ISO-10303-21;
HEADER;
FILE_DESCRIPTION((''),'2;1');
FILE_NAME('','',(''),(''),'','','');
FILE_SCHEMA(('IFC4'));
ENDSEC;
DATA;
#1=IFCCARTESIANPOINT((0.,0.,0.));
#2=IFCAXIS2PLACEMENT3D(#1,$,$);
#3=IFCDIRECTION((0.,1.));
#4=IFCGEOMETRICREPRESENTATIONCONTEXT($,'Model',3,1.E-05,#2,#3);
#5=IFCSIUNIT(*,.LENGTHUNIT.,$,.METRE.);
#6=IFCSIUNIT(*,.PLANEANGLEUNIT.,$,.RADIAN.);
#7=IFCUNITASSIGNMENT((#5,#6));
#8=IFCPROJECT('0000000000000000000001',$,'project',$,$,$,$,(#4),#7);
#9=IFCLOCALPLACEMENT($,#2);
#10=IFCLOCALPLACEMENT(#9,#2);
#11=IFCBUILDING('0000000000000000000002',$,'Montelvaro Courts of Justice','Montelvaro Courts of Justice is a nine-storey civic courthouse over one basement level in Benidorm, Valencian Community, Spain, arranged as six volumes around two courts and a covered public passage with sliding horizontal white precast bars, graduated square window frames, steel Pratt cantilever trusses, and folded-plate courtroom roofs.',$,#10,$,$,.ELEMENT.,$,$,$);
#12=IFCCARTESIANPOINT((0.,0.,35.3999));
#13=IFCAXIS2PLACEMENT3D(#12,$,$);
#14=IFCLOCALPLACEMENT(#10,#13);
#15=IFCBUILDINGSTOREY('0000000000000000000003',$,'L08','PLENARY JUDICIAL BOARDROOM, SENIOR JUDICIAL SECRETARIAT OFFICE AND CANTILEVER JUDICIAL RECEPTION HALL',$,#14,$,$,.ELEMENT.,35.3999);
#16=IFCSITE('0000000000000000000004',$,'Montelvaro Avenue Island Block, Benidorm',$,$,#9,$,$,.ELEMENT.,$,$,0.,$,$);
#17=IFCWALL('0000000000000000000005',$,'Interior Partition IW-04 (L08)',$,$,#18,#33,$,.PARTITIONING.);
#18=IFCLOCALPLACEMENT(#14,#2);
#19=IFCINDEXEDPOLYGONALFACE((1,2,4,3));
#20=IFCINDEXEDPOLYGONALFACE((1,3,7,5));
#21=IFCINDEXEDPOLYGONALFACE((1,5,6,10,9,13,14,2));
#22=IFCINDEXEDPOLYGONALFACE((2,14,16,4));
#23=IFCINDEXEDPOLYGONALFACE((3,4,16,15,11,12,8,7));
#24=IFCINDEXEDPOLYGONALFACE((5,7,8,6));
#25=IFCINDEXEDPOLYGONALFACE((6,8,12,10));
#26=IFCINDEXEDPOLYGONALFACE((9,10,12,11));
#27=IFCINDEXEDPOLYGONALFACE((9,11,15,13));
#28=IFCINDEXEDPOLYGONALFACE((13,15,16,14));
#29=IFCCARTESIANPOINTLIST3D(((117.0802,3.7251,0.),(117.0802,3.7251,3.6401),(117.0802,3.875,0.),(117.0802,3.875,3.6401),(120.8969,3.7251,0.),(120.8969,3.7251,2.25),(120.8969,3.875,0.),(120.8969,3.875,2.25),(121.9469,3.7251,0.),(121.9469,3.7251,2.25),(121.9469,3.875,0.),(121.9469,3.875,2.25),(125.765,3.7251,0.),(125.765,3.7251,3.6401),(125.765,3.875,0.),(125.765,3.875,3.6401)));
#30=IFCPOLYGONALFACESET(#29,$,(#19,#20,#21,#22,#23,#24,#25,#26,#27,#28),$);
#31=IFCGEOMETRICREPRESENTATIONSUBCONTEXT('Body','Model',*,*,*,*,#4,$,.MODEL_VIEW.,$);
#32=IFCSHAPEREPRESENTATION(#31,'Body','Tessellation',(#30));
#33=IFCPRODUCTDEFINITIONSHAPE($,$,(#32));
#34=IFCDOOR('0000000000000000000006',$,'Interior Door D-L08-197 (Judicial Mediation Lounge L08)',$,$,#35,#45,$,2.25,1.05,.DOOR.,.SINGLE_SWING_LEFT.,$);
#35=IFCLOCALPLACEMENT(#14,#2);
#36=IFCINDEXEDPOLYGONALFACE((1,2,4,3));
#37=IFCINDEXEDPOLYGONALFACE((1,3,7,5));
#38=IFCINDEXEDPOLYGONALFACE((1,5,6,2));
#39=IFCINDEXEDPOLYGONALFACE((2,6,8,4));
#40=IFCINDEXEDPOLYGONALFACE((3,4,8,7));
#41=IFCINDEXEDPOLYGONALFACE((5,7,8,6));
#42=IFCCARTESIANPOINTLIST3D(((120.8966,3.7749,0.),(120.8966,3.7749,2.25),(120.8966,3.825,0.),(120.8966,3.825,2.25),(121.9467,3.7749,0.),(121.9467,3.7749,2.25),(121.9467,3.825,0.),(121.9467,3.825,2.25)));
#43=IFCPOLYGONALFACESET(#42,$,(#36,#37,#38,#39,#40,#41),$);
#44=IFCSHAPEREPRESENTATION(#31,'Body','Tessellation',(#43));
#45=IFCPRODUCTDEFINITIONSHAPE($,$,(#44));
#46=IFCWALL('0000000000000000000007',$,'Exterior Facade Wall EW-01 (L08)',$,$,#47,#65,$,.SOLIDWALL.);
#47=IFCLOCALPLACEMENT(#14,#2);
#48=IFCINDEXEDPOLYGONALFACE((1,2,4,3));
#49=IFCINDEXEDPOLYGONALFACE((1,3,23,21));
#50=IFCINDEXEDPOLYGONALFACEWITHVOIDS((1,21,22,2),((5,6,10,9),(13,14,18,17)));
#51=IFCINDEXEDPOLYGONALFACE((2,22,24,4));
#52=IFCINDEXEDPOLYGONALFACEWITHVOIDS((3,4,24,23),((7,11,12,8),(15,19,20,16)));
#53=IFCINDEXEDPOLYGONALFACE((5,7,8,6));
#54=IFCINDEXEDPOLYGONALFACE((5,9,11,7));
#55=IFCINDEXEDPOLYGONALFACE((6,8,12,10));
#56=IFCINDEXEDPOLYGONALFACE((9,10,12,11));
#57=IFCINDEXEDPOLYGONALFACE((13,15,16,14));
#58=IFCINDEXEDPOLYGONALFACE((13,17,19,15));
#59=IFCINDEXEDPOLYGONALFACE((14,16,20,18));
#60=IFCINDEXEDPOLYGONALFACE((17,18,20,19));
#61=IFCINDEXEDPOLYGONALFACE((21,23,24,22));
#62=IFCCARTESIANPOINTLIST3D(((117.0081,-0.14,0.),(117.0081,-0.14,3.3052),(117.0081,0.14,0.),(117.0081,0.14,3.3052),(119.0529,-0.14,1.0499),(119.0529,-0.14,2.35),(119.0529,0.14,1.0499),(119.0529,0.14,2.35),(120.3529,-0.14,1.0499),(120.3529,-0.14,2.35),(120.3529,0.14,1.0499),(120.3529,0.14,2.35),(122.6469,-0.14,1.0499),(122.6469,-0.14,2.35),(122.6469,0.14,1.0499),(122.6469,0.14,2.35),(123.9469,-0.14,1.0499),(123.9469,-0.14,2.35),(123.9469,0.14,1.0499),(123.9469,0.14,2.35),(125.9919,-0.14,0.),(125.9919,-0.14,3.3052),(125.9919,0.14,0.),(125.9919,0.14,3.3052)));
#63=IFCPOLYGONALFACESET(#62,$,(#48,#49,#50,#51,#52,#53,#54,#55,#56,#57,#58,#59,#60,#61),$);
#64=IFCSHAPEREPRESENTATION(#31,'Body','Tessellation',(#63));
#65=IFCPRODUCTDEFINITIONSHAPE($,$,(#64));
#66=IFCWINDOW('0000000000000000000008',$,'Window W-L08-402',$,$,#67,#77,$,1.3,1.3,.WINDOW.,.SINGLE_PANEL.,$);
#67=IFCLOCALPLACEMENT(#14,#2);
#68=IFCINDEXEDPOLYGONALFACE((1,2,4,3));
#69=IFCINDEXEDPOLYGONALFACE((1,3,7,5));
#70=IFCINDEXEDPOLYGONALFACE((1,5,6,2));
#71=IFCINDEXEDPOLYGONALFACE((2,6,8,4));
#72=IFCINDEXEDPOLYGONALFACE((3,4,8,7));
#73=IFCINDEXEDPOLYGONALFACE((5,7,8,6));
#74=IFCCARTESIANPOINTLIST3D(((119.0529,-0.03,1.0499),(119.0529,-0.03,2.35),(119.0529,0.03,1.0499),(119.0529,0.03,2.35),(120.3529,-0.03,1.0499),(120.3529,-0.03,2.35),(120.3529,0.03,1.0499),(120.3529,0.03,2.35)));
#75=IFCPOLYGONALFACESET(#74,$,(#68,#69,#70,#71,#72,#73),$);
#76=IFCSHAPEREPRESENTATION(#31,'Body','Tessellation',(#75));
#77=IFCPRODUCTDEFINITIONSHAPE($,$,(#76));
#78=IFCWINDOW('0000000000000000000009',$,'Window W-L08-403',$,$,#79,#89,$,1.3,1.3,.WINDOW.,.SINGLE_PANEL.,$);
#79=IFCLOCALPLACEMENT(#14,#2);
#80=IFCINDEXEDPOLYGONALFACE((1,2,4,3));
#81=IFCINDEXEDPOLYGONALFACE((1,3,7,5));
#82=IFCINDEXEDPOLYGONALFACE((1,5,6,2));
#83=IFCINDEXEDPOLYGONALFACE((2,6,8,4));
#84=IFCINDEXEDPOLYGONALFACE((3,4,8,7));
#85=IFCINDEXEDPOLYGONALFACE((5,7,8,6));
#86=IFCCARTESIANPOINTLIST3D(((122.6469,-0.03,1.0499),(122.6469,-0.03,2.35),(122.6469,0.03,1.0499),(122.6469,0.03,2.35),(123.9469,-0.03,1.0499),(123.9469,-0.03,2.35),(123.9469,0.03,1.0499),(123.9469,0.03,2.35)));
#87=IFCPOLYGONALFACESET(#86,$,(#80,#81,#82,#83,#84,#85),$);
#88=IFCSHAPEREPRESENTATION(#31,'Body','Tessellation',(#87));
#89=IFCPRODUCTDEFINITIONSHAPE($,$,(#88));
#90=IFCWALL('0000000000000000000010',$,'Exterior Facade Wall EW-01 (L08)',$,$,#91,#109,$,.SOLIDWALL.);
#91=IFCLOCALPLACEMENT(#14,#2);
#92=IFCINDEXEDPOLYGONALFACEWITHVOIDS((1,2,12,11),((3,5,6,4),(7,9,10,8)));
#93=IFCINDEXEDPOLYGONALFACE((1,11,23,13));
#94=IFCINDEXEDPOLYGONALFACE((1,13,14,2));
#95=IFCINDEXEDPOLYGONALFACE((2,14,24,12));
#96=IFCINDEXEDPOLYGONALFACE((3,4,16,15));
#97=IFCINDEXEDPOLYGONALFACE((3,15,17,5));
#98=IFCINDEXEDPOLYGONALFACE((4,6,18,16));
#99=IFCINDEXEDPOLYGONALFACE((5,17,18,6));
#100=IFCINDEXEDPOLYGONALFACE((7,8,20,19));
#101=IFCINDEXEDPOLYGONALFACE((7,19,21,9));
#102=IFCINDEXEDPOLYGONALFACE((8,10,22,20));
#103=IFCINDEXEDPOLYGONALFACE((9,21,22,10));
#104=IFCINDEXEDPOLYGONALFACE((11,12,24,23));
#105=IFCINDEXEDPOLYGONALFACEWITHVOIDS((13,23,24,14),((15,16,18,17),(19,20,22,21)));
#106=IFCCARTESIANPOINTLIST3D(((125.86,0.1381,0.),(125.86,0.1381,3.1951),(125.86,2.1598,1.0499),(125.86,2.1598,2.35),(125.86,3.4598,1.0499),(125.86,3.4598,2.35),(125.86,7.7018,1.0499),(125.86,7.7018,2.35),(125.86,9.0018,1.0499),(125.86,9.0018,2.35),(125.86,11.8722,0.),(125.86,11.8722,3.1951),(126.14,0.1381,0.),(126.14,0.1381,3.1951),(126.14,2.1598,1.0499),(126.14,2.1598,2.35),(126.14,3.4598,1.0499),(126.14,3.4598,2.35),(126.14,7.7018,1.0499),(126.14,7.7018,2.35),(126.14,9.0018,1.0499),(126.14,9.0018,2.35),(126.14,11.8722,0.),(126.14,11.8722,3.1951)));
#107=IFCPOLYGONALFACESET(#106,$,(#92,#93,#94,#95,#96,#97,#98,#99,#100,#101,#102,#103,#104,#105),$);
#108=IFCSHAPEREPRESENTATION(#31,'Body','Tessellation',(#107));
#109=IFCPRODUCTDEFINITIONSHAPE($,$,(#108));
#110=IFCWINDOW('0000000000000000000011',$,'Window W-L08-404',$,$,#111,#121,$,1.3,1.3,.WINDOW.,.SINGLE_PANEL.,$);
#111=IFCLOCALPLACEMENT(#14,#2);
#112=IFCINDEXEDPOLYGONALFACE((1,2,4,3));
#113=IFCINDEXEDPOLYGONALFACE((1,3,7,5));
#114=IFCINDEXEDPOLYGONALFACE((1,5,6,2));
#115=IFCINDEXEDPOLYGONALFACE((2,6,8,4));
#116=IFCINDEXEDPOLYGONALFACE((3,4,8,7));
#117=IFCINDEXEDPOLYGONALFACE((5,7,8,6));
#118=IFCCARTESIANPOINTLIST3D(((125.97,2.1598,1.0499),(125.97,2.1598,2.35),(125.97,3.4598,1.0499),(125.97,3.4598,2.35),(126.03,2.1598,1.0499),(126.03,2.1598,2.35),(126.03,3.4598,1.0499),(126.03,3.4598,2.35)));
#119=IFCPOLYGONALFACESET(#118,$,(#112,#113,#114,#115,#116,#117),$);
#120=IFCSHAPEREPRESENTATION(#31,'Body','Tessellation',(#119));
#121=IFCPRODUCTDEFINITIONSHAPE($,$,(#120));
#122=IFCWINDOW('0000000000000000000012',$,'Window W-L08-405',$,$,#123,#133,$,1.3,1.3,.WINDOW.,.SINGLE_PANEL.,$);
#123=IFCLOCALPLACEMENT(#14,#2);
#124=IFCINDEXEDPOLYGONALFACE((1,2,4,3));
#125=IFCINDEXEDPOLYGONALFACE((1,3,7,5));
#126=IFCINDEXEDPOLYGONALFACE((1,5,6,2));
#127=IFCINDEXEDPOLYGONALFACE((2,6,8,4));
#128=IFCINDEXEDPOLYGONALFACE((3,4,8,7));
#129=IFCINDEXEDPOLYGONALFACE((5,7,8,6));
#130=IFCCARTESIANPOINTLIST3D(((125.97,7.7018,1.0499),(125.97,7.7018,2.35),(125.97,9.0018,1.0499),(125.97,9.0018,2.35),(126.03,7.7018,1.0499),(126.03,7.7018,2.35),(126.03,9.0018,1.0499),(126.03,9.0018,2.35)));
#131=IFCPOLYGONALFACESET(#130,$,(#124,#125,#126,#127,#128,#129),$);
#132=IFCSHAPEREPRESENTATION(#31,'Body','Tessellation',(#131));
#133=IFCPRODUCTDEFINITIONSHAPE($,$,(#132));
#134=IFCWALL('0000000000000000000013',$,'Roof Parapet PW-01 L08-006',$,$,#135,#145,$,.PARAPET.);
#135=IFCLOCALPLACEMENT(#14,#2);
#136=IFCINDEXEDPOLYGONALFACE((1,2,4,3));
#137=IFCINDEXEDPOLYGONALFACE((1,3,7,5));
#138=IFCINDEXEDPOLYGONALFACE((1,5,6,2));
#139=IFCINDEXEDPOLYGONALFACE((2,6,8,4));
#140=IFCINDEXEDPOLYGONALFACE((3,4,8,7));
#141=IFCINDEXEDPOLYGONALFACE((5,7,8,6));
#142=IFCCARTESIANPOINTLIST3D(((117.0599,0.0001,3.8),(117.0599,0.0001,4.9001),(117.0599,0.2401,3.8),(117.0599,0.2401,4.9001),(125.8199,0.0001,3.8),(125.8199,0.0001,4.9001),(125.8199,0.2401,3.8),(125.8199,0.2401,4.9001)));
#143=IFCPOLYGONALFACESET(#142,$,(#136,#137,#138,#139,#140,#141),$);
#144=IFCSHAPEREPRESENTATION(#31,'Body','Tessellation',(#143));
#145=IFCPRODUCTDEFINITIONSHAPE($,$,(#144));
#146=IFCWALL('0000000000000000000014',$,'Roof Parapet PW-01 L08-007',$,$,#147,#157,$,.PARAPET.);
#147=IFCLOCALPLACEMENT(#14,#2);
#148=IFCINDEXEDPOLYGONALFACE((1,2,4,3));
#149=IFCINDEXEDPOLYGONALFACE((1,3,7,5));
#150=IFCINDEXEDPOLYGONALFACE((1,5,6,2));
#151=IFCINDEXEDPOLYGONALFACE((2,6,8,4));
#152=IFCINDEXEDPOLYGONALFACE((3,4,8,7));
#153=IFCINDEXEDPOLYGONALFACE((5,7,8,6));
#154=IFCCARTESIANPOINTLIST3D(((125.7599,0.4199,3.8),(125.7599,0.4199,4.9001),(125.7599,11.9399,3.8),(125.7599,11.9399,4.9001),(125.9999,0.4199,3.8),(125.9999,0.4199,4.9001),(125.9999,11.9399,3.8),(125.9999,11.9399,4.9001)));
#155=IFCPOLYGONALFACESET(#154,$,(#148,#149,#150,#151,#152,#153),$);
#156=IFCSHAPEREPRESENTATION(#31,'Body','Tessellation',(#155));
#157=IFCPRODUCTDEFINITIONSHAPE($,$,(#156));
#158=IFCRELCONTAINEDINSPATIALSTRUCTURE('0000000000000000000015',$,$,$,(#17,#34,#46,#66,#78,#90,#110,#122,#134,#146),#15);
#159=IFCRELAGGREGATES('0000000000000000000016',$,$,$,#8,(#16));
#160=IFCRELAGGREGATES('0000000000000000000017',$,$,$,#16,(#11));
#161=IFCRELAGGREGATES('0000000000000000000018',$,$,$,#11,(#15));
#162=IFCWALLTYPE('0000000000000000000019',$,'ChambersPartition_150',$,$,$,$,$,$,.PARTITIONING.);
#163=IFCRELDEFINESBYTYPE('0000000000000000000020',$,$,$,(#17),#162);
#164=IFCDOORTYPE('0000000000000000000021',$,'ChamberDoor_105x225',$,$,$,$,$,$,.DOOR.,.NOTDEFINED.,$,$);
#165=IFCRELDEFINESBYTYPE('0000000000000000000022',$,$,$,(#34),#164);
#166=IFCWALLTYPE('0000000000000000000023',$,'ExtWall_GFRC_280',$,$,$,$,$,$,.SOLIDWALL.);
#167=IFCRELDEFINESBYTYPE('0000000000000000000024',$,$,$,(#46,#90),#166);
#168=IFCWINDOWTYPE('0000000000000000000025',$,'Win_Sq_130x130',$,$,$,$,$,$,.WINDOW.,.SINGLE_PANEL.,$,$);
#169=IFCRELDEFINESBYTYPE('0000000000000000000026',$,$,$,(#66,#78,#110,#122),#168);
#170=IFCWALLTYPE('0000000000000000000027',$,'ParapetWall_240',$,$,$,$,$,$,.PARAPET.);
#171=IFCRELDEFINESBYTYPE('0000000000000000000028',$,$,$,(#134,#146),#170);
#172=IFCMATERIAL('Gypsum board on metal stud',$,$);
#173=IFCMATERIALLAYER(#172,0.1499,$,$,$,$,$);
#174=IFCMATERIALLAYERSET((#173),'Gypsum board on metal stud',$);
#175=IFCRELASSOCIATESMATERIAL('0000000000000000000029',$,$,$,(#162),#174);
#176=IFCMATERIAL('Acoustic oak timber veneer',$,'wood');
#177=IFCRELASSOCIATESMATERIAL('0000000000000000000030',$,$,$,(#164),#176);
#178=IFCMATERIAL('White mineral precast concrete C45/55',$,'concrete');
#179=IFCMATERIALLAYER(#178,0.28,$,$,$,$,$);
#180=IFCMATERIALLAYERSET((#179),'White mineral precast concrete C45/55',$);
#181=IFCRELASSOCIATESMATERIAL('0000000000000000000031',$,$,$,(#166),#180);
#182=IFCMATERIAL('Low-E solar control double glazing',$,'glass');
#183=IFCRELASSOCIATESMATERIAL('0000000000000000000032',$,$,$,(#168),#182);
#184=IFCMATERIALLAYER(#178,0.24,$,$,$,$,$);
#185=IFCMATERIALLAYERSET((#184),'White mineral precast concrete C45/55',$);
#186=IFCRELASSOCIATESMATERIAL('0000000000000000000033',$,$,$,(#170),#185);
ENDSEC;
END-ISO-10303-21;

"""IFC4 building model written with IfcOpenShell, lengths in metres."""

from ifc_helpers import new_model, si_unit, direction, frame, frame_2d, origin, place, context, subcontext, project, spatial, rectangle, extrude, material, layer, layer_set, type_object, element, fill, save


model = new_model("IFC4")

# Units and contexts
model_context = context("Model", 3, precision=1e-05, world=origin(), true_north=direction((0.0, 1.0)))
body_context = subcontext(model_context, "Body", "Model", "MODEL_VIEW")
ifc_project = project(units=[si_unit("LENGTHUNIT", "METRE"), si_unit("PLANEANGLEUNIT", "RADIAN")], contexts=[model_context])

# Site, building, storey
site_placement = place(None, origin())
site = spatial("IfcSite", under=ifc_project, at=site_placement, Name="Montelvaro Avenue Island Block, Benidorm", CompositionType="ELEMENT", RefElevation=0.0)
building_placement = place(site_placement, origin())
building = spatial("IfcBuilding", under=site, at=building_placement, Name="Montelvaro Courts of Justice", Description="Montelvaro Courts of Justice is a nine-storey civic courthouse over one basement level in Benidorm, Valencian Community, Spain, arranged as six volumes around two courts and a covered public passage with sliding horizontal white precast bars, graduated square window frames, steel Pratt cantilever trusses, and folded-plate courtroom roofs.", CompositionType="ELEMENT")
storey_placement = place(building_placement, frame((0.0, 0.0, 35.3999)))
storey = spatial("IfcBuildingStorey", under=building, at=storey_placement, Name="L08", Description="PLENARY JUDICIAL BOARDROOM, SENIOR JUDICIAL SECRETARIAT OFFICE AND CANTILEVER JUDICIAL RECEPTION HALL", CompositionType="ELEMENT", Elevation=35.3999)

# Shared definitions
ifc_material_1 = material(Name="White mineral precast concrete C45/55", Category="concrete")

# Shared definitions
ifc_material_2 = material(Name="Gypsum board on metal stud")
ifc_layer_1 = layer(ifc_material_2, 0.1499)
ifc_layer_set_1 = layer_set([ifc_layer_1], Name="Gypsum board on metal stud")
wall_type_1 = type_object("IfcWallType", Name="ChambersPartition_150", PredefinedType="PARTITIONING", material=ifc_layer_set_1)

# Wall, opening, door
wall_1_placement = place(storey_placement, frame((125.7649, 3.8, 0.0), z_axis=(0.0, 0.0, 1.0), x_axis=(-1.0, 0.0, 0.0)))
wall_1 = element("IfcWall", 1, at=wall_1_placement, inside=storey, type_object=wall_type_1, Name="Interior Partition IW-04 (L08)", PredefinedType="PARTITIONING", context=body_context, shape_type="SweptSolid", body=[
    extrude(rectangle(XDim=8.6848, YDim=0.1499, at=frame_2d((4.3423, 0.0))), origin(), (0.0, 0.0, 1.0), 3.6401),
])
opening_1_placement = place(wall_1_placement, frame((3.8181, 0.0, 0.0)))
opening_1 = element("IfcOpeningElement", 2, at=opening_1_placement, cuts=wall_1, PredefinedType="OPENING", context=body_context, shape_type="SweptSolid", body=[
    extrude(rectangle(XDim=1.05, YDim=2.25, at=frame_2d((0.5249, 1.125))), frame((0.0, 0.0898, 0.0), z_axis=(0.0, -1.0, 0.0), x_axis=(1.0, 0.0, 0.0)), (0.0, 0.0, 1.0), 0.1797),
])
ifc_material_3 = material(Name="Acoustic oak timber veneer", Category="wood")
door_type = type_object("IfcDoorType", Name="ChamberDoor_105x225", OperationType="NOTDEFINED", PredefinedType="DOOR", material=ifc_material_3)
door_placement = place(opening_1_placement, frame((1.05, 0.0, 0.0), z_axis=(0.0, 0.0, 1.0), x_axis=(-1.0, 0.0, 0.0)))
door = element("IfcDoor", 3, at=door_placement, inside=storey, type_object=door_type, Name="Interior Door D-L08-197 (Judicial Mediation Lounge L08)", OperationType="SINGLE_SWING_LEFT", OverallHeight=2.25, OverallWidth=1.05, PredefinedType="DOOR", context=body_context, shape_type="SweptSolid", body=[
    extrude(rectangle(XDim=1.05, YDim=2.25, at=frame_2d((0.5249, 1.125))), frame((0.0, 0.0249, 0.0), z_axis=(0.0, -1.0, 0.0), x_axis=(1.0, 0.0, 0.0)), (0.0, 0.0, 1.0), 0.05),
])
fill(opening_1, door)

# Walls, openings, windows
ifc_layer_2 = layer(ifc_material_1, 0.28)
ifc_layer_set_2 = layer_set([ifc_layer_2], Name="White mineral precast concrete C45/55")
wall_type_2 = type_object("IfcWallType", Name="ExtWall_GFRC_280", PredefinedType="SOLIDWALL", material=ifc_layer_set_2)
wall_2_placement = place(storey_placement, frame((117.0081, 0.0, 0.0), z_axis=(0.0, 0.0, 1.0), x_axis=(1.0, 0.0, 0.0)))
wall_2 = element("IfcWall", 4, at=wall_2_placement, inside=storey, type_object=wall_type_2, Name="Exterior Facade Wall EW-01 (L08)", PredefinedType="SOLIDWALL", context=body_context, shape_type="SweptSolid", body=[
    extrude(rectangle(XDim=8.9839, YDim=0.28, at=frame_2d((4.4919, 0.0))), origin(), (0.0, 0.0, 1.0), 3.3052),
])
opening_2_placement = place(wall_2_placement, frame((2.0449, 0.0, 1.05)))
opening_2 = element("IfcOpeningElement", 5, at=opening_2_placement, cuts=wall_2, PredefinedType="OPENING", context=body_context, shape_type="SweptSolid", body=[
    extrude(rectangle(XDim=1.3, YDim=1.3, at=frame_2d((0.6499, 0.6499))), frame((0.0, 0.1548, 0.0), z_axis=(0.0, -1.0, 0.0), x_axis=(1.0, 0.0, 0.0)), (0.0, 0.0, 1.0), 0.3098),
])
opening_3_placement = place(wall_2_placement, frame((5.6389, 0.0, 1.05)))
opening_3 = element("IfcOpeningElement", 6, at=opening_3_placement, cuts=wall_2, PredefinedType="OPENING", context=body_context, shape_type="SweptSolid", body=[
    extrude(rectangle(XDim=1.3, YDim=1.3, at=frame_2d((0.6499, 0.6499))), frame((0.0, 0.1548, 0.0), z_axis=(0.0, -1.0, 0.0), x_axis=(1.0, 0.0, 0.0)), (0.0, 0.0, 1.0), 0.3098),
])
ifc_material_4 = material(Name="Low-E solar control double glazing", Category="glass")
window_type = type_object("IfcWindowType", Name="Win_Sq_130x130", PartitioningType="SINGLE_PANEL", PredefinedType="WINDOW", material=ifc_material_4)
window_1_placement = place(opening_2_placement, origin())
window_1 = element("IfcWindow", 7, at=window_1_placement, inside=storey, type_object=window_type, Name="Window W-L08-402", OverallHeight=1.3, OverallWidth=1.3, PartitioningType="SINGLE_PANEL", PredefinedType="WINDOW", context=body_context, shape_type="SweptSolid", body=[
    extrude(rectangle(XDim=1.3, YDim=1.3, at=frame_2d((0.6499, 0.6499))), frame((0.0, 0.03, 0.0), z_axis=(0.0, -1.0, 0.0), x_axis=(1.0, 0.0, 0.0)), (0.0, 0.0, 1.0), 0.0601),
])
fill(opening_2, window_1)
window_2_placement = place(opening_3_placement, origin())
window_2 = element("IfcWindow", 8, at=window_2_placement, inside=storey, type_object=window_type, Name="Window W-L08-403", OverallHeight=1.3, OverallWidth=1.3, PartitioningType="SINGLE_PANEL", PredefinedType="WINDOW", context=body_context, shape_type="SweptSolid", body=[
    extrude(rectangle(XDim=1.3, YDim=1.3, at=frame_2d((0.6499, 0.6499))), frame((0.0, 0.03, 0.0), z_axis=(0.0, -1.0, 0.0), x_axis=(1.0, 0.0, 0.0)), (0.0, 0.0, 1.0), 0.0601),
])
fill(opening_3, window_2)
wall_3_placement = place(storey_placement, frame((126.0, 0.1379, 0.0), z_axis=(0.0, 0.0, 1.0), x_axis=(0.0, 1.0, 0.0)))
wall_3 = element("IfcWall", 9, at=wall_3_placement, inside=storey, type_object=wall_type_2, Name="Exterior Facade Wall EW-01 (L08)", PredefinedType="SOLIDWALL", context=body_context, shape_type="SweptSolid", body=[
    extrude(rectangle(XDim=11.7341, YDim=0.28, at=frame_2d((5.8672, 0.0))), origin(), (0.0, 0.0, 1.0), 3.1951),
])
opening_4_placement = place(wall_3_placement, frame((2.022, 0.0, 1.05)))
opening_4 = element("IfcOpeningElement", 10, at=opening_4_placement, cuts=wall_3, PredefinedType="OPENING", context=body_context, shape_type="SweptSolid", body=[
    extrude(rectangle(XDim=1.3, YDim=1.3, at=frame_2d((0.6499, 0.6499))), frame((0.0, 0.1548, 0.0), z_axis=(0.0, -1.0, 0.0), x_axis=(1.0, 0.0, 0.0)), (0.0, 0.0, 1.0), 0.3098),
])
opening_5_placement = place(wall_3_placement, frame((7.564, 0.0, 1.05)))
opening_5 = element("IfcOpeningElement", 11, at=opening_5_placement, cuts=wall_3, PredefinedType="OPENING", context=body_context, shape_type="SweptSolid", body=[
    extrude(rectangle(XDim=1.3, YDim=1.3, at=frame_2d((0.6499, 0.6499))), frame((0.0, 0.1548, 0.0), z_axis=(0.0, -1.0, 0.0), x_axis=(1.0, 0.0, 0.0)), (0.0, 0.0, 1.0), 0.3098),
])
window_3_placement = place(opening_4_placement, origin())
window_3 = element("IfcWindow", 12, at=window_3_placement, inside=storey, type_object=window_type, Name="Window W-L08-404", OverallHeight=1.3, OverallWidth=1.3, PartitioningType="SINGLE_PANEL", PredefinedType="WINDOW", context=body_context, shape_type="SweptSolid", body=[
    extrude(rectangle(XDim=1.3, YDim=1.3, at=frame_2d((0.6499, 0.6499))), frame((0.0, 0.03, 0.0), z_axis=(0.0, -1.0, 0.0), x_axis=(1.0, 0.0, 0.0)), (0.0, 0.0, 1.0), 0.0601),
])
fill(opening_4, window_3)
window_4_placement = place(opening_5_placement, origin())
window_4 = element("IfcWindow", 13, at=window_4_placement, inside=storey, type_object=window_type, Name="Window W-L08-405", OverallHeight=1.3, OverallWidth=1.3, PartitioningType="SINGLE_PANEL", PredefinedType="WINDOW", context=body_context, shape_type="SweptSolid", body=[
    extrude(rectangle(XDim=1.3, YDim=1.3, at=frame_2d((0.6499, 0.6499))), frame((0.0, 0.03, 0.0), z_axis=(0.0, -1.0, 0.0), x_axis=(1.0, 0.0, 0.0)), (0.0, 0.0, 1.0), 0.0601),
])
fill(opening_5, window_4)

# Walls
ifc_layer_3 = layer(ifc_material_1, 0.24)
ifc_layer_set_3 = layer_set([ifc_layer_3], Name="White mineral precast concrete C45/55")
wall_type_3 = type_object("IfcWallType", Name="ParapetWall_240", PredefinedType="PARAPET", material=ifc_layer_set_3)
wall_4_placement = place(storey_placement, frame((117.0601, 0.1201, 3.8), z_axis=(0.0, 0.0, 1.0), x_axis=(1.0, 0.0, 0.0)))
element("IfcWall", 14, at=wall_4_placement, inside=storey, type_object=wall_type_3, Name="Roof Parapet PW-01 L08-006", PredefinedType="PARAPET", context=body_context, shape_type="SweptSolid", body=[
    extrude(rectangle(XDim=8.76, YDim=0.24, at=frame_2d((4.3799, 0.0))), origin(), (0.0, 0.0, 1.0), 1.1001),
])
wall_5_placement = place(storey_placement, frame((125.8799, 0.4199, 3.8), z_axis=(0.0, 0.0, 1.0), x_axis=(0.0, 1.0, 0.0)))
element("IfcWall", 15, at=wall_5_placement, inside=storey, type_object=wall_type_3, Name="Roof Parapet PW-01 L08-007", PredefinedType="PARAPET", context=body_context, shape_type="SweptSolid", body=[
    extrude(rectangle(XDim=11.52, YDim=0.24, at=frame_2d((5.76, 0.0))), origin(), (0.0, 0.0, 1.0), 1.1001),
])

save(model, "model.ifc")
